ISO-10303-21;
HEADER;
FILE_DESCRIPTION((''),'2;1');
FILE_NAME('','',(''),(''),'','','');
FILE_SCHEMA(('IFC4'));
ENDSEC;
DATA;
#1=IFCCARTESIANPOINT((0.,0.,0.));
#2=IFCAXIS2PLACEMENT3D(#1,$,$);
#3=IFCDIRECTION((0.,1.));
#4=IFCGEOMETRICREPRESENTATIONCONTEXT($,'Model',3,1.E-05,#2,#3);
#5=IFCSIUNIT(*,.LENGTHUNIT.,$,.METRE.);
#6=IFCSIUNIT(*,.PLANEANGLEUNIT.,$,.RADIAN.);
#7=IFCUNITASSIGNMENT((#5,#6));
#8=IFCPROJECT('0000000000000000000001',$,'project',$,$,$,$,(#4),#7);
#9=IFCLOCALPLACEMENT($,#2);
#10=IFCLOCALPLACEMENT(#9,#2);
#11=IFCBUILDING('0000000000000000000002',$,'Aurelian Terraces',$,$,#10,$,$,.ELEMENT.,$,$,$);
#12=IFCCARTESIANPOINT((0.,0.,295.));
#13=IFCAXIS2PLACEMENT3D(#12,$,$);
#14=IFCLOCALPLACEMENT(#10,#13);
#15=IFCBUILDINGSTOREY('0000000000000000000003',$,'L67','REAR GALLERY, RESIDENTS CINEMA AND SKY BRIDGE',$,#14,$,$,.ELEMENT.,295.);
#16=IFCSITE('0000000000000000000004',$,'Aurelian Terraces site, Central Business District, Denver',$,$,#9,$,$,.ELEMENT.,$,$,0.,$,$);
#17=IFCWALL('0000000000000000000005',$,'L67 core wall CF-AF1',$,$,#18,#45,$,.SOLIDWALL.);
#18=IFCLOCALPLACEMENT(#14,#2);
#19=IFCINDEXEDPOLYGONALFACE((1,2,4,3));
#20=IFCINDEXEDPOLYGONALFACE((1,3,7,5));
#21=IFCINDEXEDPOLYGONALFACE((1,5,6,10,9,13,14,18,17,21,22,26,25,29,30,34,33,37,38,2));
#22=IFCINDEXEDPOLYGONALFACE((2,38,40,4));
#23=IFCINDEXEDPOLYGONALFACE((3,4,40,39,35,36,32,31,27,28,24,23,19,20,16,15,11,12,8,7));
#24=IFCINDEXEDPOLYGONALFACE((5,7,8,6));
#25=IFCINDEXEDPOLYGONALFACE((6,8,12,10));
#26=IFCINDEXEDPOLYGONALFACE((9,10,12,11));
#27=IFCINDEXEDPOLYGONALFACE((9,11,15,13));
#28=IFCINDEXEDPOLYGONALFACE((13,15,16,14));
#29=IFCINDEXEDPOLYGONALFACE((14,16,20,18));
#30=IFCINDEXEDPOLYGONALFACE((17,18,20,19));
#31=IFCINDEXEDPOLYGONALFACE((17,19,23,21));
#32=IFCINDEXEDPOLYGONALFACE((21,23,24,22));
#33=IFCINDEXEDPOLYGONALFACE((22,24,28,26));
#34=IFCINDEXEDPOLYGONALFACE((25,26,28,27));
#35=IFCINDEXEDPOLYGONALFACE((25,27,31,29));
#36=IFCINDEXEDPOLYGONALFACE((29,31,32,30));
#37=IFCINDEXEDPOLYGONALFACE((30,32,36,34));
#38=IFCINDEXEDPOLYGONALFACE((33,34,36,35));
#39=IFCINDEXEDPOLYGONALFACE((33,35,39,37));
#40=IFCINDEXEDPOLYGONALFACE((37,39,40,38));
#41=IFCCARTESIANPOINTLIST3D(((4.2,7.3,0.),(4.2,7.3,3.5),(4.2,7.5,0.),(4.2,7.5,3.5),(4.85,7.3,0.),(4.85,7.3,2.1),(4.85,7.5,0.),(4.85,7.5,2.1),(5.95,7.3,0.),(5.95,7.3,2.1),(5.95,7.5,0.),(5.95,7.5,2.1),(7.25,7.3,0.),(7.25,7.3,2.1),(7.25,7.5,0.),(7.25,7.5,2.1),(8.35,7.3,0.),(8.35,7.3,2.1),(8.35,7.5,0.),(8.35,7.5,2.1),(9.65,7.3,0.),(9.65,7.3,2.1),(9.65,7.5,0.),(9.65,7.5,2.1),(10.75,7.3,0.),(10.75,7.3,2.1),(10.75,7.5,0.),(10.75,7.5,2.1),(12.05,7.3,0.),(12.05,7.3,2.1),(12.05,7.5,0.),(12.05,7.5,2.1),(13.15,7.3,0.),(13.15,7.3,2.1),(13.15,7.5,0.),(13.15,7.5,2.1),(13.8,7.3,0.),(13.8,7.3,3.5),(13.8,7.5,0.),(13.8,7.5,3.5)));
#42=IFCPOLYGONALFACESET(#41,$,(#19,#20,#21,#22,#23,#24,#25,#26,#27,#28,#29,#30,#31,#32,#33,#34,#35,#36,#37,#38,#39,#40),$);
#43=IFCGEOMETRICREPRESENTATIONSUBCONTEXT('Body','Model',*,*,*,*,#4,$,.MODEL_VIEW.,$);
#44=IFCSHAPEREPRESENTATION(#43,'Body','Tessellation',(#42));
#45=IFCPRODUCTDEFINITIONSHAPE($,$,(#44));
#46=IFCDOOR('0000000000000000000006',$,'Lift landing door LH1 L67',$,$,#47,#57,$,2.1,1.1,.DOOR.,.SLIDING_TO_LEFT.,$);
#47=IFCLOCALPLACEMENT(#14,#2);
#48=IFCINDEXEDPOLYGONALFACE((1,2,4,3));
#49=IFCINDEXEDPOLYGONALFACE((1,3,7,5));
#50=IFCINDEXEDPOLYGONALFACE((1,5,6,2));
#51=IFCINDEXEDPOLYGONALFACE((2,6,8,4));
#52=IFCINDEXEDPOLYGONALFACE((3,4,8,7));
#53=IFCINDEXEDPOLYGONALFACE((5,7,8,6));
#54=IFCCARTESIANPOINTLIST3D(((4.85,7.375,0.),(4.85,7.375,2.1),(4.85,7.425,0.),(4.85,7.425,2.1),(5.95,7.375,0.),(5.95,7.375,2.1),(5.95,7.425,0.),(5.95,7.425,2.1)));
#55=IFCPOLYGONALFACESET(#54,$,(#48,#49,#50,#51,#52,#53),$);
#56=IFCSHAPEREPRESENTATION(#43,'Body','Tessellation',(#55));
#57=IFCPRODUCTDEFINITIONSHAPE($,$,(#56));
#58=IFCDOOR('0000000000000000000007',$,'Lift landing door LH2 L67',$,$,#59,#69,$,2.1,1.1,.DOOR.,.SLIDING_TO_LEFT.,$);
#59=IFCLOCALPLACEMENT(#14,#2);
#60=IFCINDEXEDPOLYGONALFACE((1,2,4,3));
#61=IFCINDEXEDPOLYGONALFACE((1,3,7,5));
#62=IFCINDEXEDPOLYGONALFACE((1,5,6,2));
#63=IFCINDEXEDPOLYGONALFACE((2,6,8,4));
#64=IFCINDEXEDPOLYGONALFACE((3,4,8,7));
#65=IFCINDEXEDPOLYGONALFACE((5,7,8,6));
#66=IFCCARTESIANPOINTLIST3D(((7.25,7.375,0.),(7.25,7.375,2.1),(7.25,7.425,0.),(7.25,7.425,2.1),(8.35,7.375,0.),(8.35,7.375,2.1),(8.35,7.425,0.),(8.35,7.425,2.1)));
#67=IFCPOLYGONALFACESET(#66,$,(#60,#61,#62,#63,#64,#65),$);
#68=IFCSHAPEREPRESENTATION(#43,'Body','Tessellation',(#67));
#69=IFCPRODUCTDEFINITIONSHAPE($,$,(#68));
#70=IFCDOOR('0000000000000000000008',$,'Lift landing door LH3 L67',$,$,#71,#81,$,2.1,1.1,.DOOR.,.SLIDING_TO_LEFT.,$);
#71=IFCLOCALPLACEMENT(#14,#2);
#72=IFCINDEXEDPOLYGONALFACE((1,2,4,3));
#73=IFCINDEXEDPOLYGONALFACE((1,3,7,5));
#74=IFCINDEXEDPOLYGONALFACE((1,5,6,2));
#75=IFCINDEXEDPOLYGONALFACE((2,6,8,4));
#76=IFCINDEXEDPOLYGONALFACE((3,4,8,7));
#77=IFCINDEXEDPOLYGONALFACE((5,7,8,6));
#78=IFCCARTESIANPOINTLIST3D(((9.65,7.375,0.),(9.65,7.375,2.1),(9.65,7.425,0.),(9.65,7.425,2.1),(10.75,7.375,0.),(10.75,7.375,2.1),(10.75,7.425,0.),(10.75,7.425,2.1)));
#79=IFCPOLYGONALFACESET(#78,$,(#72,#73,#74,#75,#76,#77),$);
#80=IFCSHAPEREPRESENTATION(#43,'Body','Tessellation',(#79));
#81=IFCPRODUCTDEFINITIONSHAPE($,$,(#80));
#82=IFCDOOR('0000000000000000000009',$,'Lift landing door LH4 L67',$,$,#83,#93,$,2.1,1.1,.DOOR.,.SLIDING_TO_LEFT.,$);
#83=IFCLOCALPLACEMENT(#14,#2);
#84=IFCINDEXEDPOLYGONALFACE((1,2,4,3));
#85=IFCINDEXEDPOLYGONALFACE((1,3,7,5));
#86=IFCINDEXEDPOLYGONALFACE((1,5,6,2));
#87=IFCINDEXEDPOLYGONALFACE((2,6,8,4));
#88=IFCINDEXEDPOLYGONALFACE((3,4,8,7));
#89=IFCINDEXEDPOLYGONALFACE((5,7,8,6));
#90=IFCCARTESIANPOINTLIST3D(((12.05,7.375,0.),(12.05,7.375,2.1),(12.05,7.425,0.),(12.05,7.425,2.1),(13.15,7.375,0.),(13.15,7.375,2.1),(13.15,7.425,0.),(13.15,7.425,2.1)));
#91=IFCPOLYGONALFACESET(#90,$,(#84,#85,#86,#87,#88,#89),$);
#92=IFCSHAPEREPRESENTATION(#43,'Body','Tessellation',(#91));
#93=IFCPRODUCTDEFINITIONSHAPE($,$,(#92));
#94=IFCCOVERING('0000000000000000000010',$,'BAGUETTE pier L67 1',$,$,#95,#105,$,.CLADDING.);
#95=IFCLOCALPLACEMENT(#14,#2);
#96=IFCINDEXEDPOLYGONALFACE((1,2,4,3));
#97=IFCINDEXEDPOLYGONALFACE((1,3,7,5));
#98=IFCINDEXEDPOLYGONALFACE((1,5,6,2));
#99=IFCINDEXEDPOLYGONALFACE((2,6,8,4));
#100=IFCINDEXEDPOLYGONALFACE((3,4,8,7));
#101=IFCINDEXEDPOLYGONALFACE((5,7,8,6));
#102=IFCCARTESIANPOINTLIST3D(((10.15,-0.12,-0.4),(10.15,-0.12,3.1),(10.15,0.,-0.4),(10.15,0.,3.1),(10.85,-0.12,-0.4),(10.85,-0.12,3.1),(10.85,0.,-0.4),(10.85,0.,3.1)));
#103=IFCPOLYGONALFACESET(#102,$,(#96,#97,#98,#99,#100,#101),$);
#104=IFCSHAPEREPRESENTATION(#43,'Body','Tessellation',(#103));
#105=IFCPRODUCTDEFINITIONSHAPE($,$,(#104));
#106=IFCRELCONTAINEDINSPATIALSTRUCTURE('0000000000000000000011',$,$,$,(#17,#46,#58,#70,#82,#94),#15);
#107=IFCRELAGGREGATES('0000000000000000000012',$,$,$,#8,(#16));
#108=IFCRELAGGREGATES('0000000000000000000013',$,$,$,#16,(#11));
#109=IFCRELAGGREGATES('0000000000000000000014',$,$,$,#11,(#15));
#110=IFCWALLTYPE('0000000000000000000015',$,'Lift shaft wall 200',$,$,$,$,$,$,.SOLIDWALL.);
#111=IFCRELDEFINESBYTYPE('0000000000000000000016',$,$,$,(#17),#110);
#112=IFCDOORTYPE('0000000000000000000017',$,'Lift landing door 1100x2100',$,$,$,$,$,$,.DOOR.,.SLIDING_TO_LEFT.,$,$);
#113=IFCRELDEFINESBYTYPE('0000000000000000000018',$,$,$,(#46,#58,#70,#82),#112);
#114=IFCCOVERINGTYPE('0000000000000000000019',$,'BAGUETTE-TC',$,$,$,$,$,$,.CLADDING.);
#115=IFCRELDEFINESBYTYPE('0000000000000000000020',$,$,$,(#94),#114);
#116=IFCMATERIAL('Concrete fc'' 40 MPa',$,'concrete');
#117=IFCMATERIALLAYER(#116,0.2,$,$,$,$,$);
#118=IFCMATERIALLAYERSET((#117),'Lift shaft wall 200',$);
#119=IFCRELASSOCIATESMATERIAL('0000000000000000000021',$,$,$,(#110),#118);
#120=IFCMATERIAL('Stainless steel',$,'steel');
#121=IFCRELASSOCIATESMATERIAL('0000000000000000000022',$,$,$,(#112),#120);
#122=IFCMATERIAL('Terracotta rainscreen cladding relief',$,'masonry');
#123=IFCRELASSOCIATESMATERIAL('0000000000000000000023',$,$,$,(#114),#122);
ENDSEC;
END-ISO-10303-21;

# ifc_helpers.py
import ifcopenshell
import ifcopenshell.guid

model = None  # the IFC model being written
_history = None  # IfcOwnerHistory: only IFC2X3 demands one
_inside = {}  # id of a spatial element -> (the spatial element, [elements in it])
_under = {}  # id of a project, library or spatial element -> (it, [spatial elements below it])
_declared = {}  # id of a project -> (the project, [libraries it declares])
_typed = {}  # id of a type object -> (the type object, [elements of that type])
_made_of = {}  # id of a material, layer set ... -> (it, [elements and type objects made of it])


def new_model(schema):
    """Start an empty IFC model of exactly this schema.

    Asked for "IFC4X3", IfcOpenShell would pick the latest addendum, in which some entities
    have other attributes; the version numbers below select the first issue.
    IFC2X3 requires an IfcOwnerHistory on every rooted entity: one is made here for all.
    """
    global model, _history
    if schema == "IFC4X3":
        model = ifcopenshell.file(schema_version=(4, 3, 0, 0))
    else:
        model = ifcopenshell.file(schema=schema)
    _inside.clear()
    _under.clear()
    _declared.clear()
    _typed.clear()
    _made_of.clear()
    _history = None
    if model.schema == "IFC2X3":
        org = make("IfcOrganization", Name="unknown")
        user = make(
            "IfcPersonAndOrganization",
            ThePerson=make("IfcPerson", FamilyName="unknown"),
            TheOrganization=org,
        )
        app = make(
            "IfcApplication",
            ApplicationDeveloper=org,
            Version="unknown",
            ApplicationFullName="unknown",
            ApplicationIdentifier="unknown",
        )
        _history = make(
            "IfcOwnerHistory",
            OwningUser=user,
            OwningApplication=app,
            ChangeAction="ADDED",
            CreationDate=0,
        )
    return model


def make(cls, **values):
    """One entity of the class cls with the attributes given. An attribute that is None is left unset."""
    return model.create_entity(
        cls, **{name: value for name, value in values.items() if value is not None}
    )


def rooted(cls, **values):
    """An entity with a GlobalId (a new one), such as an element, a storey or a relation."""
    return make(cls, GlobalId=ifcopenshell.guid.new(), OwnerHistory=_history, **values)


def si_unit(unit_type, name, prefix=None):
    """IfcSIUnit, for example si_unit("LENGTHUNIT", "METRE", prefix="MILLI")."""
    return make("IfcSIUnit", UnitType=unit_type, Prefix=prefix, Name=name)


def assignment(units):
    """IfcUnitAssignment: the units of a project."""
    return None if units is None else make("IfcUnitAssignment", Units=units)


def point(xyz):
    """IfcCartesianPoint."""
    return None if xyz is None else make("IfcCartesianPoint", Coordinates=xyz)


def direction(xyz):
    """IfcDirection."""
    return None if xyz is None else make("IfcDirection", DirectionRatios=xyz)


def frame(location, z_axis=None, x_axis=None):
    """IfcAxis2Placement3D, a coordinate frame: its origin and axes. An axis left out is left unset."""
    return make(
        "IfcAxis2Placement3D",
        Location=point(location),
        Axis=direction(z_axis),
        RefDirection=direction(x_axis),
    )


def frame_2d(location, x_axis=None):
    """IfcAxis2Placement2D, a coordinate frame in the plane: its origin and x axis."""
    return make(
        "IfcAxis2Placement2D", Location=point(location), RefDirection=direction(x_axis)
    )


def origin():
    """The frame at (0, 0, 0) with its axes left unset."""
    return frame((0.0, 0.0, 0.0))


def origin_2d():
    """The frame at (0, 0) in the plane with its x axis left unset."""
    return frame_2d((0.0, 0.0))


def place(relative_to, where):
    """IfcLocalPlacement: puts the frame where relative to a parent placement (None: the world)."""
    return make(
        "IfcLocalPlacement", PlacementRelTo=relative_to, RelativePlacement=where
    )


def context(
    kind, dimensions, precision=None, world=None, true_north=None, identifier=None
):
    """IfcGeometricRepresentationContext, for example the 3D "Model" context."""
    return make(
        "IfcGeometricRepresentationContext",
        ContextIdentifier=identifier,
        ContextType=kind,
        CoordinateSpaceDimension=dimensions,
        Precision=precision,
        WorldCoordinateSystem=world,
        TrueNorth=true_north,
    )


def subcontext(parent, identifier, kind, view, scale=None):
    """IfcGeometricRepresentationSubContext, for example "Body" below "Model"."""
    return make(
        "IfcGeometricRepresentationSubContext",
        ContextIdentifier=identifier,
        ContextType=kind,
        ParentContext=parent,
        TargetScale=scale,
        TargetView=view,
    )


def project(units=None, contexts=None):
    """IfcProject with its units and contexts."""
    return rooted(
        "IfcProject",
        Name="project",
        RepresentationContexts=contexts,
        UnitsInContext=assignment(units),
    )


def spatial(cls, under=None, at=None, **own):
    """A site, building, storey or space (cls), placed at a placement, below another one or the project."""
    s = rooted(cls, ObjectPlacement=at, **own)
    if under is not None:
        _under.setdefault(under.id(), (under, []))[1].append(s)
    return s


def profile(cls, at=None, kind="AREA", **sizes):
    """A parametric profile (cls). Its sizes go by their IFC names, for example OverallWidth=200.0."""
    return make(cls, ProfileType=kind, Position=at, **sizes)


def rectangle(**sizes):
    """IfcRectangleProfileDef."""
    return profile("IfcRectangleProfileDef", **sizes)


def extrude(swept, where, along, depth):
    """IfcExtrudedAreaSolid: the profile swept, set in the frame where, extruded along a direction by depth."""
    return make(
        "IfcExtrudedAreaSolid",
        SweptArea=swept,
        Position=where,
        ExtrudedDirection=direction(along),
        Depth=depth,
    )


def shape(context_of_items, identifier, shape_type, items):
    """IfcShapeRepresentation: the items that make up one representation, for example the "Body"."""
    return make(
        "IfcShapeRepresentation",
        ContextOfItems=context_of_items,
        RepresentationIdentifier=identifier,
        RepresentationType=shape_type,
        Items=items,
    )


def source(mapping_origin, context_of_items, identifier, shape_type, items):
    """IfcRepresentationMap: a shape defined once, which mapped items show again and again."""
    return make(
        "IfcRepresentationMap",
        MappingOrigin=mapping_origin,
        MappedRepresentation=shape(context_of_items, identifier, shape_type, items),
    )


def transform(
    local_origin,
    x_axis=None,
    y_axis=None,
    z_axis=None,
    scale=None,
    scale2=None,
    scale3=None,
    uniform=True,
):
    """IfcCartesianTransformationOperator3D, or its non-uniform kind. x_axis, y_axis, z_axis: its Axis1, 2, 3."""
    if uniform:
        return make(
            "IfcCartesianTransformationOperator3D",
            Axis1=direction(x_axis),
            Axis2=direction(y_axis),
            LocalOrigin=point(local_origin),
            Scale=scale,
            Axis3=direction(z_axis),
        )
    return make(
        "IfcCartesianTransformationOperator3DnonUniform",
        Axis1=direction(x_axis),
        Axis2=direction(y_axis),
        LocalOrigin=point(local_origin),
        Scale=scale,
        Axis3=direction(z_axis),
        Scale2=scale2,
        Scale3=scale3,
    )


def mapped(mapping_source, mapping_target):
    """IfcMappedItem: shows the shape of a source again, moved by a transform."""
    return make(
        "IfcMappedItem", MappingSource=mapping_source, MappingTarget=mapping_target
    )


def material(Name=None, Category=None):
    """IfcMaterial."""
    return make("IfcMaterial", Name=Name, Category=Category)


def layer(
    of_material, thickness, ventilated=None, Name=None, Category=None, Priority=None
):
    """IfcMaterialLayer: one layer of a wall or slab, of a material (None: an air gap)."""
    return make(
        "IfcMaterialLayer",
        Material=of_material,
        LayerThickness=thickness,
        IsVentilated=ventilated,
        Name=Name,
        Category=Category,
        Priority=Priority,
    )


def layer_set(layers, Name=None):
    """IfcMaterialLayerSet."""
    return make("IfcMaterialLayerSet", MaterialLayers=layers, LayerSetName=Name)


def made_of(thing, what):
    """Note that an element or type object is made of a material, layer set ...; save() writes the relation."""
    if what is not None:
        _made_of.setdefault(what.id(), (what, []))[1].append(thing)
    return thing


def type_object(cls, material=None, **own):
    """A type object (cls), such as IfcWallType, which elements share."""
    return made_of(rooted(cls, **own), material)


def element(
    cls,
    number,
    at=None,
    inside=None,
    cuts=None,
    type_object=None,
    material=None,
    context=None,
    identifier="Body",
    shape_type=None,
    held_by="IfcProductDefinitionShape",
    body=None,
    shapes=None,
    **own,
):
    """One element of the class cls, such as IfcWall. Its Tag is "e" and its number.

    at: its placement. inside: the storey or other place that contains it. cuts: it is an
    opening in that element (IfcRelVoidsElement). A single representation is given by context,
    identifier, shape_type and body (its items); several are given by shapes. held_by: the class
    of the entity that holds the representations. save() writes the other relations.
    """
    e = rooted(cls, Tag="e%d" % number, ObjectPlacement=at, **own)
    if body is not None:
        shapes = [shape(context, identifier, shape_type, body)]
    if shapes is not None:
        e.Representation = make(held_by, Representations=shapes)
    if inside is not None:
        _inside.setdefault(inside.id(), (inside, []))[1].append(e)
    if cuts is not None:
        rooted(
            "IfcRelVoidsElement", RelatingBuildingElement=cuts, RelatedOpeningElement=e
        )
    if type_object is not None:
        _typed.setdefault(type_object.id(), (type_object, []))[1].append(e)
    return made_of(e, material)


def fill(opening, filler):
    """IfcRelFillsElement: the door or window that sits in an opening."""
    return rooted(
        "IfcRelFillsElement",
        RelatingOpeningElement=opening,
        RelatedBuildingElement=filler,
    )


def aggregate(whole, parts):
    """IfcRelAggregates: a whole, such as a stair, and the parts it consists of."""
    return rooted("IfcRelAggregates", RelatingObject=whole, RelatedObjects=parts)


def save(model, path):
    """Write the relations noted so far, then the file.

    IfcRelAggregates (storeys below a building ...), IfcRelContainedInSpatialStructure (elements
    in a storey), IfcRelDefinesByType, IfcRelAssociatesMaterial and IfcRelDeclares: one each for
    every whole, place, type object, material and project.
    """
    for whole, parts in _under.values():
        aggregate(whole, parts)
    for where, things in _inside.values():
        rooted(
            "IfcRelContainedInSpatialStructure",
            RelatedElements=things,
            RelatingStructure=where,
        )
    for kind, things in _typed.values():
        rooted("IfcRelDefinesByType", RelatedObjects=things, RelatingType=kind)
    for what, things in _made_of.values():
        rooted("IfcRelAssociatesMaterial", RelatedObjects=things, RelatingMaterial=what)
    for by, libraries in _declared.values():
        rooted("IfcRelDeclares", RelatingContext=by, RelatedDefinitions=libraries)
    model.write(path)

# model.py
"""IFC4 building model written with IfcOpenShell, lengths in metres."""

from ifc_helpers import new_model, si_unit, direction, frame, frame_2d, origin, origin_2d, place, context, subcontext, project, spatial, rectangle, extrude, source, transform, mapped, material, layer, layer_set, type_object, element, fill, save


model = new_model("IFC4")

# Units and contexts
model_context = context("Model", 3, precision=1e-05, world=origin(), true_north=direction((0.0, 1.0)))
body_context = subcontext(model_context, "Body", "Model", "MODEL_VIEW")
ifc_project = project(units=[si_unit("LENGTHUNIT", "METRE"), si_unit("PLANEANGLEUNIT", "RADIAN")], contexts=[model_context])

# Site, building, storey
site_placement = place(None, origin())
site = spatial("IfcSite", under=ifc_project, at=site_placement, Name="Aurelian Terraces site, Central Business District, Denver", CompositionType="ELEMENT", RefElevation=0.0)
building_placement = place(site_placement, origin())
building = spatial("IfcBuilding", under=site, at=building_placement, Name="Aurelian Terraces", CompositionType="ELEMENT")
storey_placement = place(building_placement, frame((0.0, 0.0, 295.0)))
storey = spatial("IfcBuildingStorey", under=building, at=storey_placement, Name="L67", Description="REAR GALLERY, RESIDENTS CINEMA AND SKY BRIDGE", CompositionType="ELEMENT", Elevation=295.0)

# Shared definitions
ifc_material_1 = material(Name="Concrete fc' 40 MPa", Category="concrete")
ifc_layer_1 = layer(ifc_material_1, 0.2)
ifc_layer_set_1 = layer_set([ifc_layer_1], Name="Lift shaft wall 200")
wall_type_1 = type_object("IfcWallType", Name="Lift shaft wall 200", PredefinedType="SOLIDWALL", material=ifc_layer_set_1)

# Wall, openings, doors
shared_shape_1 = source(origin(), body_context, "Body", "SweptSolid", [
    extrude(rectangle(XDim=9.6, YDim=0.2, at=frame_2d((4.8, 0.0))), origin(), (0.0, 0.0, 1.0), 3.5),
])
wall_1_placement = place(storey_placement, frame((4.2, 7.4, 0.0), z_axis=(0.0, 0.0, 1.0), x_axis=(1.0, 0.0, 0.0)))
wall_1 = element("IfcWall", 1, at=wall_1_placement, inside=storey, type_object=wall_type_1, Name="L67 core wall CF-AF1", PredefinedType="SOLIDWALL", context=body_context, shape_type="MappedRepresentation", body=[
    mapped(shared_shape_1, transform((0.0, 0.0, 0.0), scale=1.0)),
])
shared_shape_2 = source(origin(), body_context, "Body", "SweptSolid", [
    extrude(rectangle(XDim=1.1, YDim=2.1, at=frame_2d((0.55, 1.05))), frame((0.0, 0.11, 0.0), z_axis=(0.0, -1.0, 0.0), x_axis=(1.0, 0.0, 0.0)), (0.0, 0.0, 1.0), 0.22),
])
opening_1_placement = place(wall_1_placement, frame((0.65, 0.0, 0.0)))
opening_1 = element("IfcOpeningElement", 2, at=opening_1_placement, cuts=wall_1, PredefinedType="OPENING", context=body_context, shape_type="MappedRepresentation", body=[
    mapped(shared_shape_2, transform((0.0, 0.0, 0.0), scale=1.0)),
])
opening_2_placement = place(wall_1_placement, frame((3.05, 0.0, 0.0)))
opening_2 = element("IfcOpeningElement", 3, at=opening_2_placement, cuts=wall_1, PredefinedType="OPENING", context=body_context, shape_type="MappedRepresentation", body=[
    mapped(shared_shape_2, transform((0.0, 0.0, 0.0), scale=1.0)),
])
opening_3_placement = place(wall_1_placement, frame((5.45, 0.0, 0.0)))
opening_3 = element("IfcOpeningElement", 4, at=opening_3_placement, cuts=wall_1, PredefinedType="OPENING", context=body_context, shape_type="MappedRepresentation", body=[
    mapped(shared_shape_2, transform((0.0, 0.0, 0.0), scale=1.0)),
])
opening_4_placement = place(wall_1_placement, frame((7.85, 0.0, 0.0)))
opening_4 = element("IfcOpeningElement", 5, at=opening_4_placement, cuts=wall_1, PredefinedType="OPENING", context=body_context, shape_type="MappedRepresentation", body=[
    mapped(shared_shape_2, transform((0.0, 0.0, 0.0), scale=1.0)),
])
ifc_material_2 = material(Name="Stainless steel", Category="steel")
door_type_1 = type_object("IfcDoorType", Name="Lift landing door 1100x2100", OperationType="SLIDING_TO_LEFT", PredefinedType="DOOR", material=ifc_material_2)
shared_shape_3 = source(origin(), body_context, "Body", "SweptSolid", [
    extrude(rectangle(XDim=1.1, YDim=2.1, at=frame_2d((0.55, 1.05))), frame((0.0, 0.025, 0.0), z_axis=(0.0, -1.0, 0.0), x_axis=(1.0, 0.0, 0.0)), (0.0, 0.0, 1.0), 0.05),
])
door_1_placement = place(opening_1_placement, origin())
door_1 = element("IfcDoor", 6, at=door_1_placement, inside=storey, type_object=door_type_1, Name="Lift landing door LH1 L67", OperationType="SLIDING_TO_LEFT", OverallHeight=2.1, OverallWidth=1.1, PredefinedType="DOOR", context=body_context, shape_type="MappedRepresentation", body=[
    mapped(shared_shape_3, transform((0.0, 0.0, 0.0), scale=1.0)),
])
fill(opening_1, door_1)
door_2_placement = place(opening_2_placement, origin())
door_2 = element("IfcDoor", 7, at=door_2_placement, inside=storey, type_object=door_type_1, Name="Lift landing door LH2 L67", OperationType="SLIDING_TO_LEFT", OverallHeight=2.1, OverallWidth=1.1, PredefinedType="DOOR", context=body_context, shape_type="MappedRepresentation", body=[
    mapped(shared_shape_3, transform((0.0, 0.0, 0.0), scale=1.0)),
])
fill(opening_2, door_2)
door_3_placement = place(opening_3_placement, origin())
door_3 = element("IfcDoor", 8, at=door_3_placement, inside=storey, type_object=door_type_1, Name="Lift landing door LH3 L67", OperationType="SLIDING_TO_LEFT", OverallHeight=2.1, OverallWidth=1.1, PredefinedType="DOOR", context=body_context, shape_type="MappedRepresentation", body=[
    mapped(shared_shape_3, transform((0.0, 0.0, 0.0), scale=1.0)),
])
fill(opening_3, door_3)
door_4_placement = place(opening_4_placement, origin())
door_4 = element("IfcDoor", 9, at=door_4_placement, inside=storey, type_object=door_type_1, Name="Lift landing door LH4 L67", OperationType="SLIDING_TO_LEFT", OverallHeight=2.1, OverallWidth=1.1, PredefinedType="DOOR", context=body_context, shape_type="MappedRepresentation", body=[
    mapped(shared_shape_3, transform((0.0, 0.0, 0.0), scale=1.0)),
])
fill(opening_4, door_4)

# Covering
ifc_material_3 = material(Name="Terracotta rainscreen cladding relief", Category="masonry")
covering_type = type_object("IfcCoveringType", Name="BAGUETTE-TC", PredefinedType="CLADDING", material=ifc_material_3)
shared_shape_4 = source(origin(), body_context, "Body", "SweptSolid", [
    extrude(rectangle(XDim=0.7, YDim=0.12, at=origin_2d()), origin(), (0.0, 0.0, 1.0), 3.5),
])
covering_placement = place(storey_placement, frame((10.5, -0.06, -0.4), z_axis=(0.0, 0.0, 1.0), x_axis=(1.0, 0.0, 0.0)))
element("IfcCovering", 10, at=covering_placement, inside=storey, type_object=covering_type, Name="BAGUETTE pier L67 1", PredefinedType="CLADDING", context=body_context, shape_type="MappedRepresentation", body=[
    mapped(shared_shape_4, transform((0.0, 0.0, 0.0), scale=1.0)),
])

save(model, "model.ifc")
